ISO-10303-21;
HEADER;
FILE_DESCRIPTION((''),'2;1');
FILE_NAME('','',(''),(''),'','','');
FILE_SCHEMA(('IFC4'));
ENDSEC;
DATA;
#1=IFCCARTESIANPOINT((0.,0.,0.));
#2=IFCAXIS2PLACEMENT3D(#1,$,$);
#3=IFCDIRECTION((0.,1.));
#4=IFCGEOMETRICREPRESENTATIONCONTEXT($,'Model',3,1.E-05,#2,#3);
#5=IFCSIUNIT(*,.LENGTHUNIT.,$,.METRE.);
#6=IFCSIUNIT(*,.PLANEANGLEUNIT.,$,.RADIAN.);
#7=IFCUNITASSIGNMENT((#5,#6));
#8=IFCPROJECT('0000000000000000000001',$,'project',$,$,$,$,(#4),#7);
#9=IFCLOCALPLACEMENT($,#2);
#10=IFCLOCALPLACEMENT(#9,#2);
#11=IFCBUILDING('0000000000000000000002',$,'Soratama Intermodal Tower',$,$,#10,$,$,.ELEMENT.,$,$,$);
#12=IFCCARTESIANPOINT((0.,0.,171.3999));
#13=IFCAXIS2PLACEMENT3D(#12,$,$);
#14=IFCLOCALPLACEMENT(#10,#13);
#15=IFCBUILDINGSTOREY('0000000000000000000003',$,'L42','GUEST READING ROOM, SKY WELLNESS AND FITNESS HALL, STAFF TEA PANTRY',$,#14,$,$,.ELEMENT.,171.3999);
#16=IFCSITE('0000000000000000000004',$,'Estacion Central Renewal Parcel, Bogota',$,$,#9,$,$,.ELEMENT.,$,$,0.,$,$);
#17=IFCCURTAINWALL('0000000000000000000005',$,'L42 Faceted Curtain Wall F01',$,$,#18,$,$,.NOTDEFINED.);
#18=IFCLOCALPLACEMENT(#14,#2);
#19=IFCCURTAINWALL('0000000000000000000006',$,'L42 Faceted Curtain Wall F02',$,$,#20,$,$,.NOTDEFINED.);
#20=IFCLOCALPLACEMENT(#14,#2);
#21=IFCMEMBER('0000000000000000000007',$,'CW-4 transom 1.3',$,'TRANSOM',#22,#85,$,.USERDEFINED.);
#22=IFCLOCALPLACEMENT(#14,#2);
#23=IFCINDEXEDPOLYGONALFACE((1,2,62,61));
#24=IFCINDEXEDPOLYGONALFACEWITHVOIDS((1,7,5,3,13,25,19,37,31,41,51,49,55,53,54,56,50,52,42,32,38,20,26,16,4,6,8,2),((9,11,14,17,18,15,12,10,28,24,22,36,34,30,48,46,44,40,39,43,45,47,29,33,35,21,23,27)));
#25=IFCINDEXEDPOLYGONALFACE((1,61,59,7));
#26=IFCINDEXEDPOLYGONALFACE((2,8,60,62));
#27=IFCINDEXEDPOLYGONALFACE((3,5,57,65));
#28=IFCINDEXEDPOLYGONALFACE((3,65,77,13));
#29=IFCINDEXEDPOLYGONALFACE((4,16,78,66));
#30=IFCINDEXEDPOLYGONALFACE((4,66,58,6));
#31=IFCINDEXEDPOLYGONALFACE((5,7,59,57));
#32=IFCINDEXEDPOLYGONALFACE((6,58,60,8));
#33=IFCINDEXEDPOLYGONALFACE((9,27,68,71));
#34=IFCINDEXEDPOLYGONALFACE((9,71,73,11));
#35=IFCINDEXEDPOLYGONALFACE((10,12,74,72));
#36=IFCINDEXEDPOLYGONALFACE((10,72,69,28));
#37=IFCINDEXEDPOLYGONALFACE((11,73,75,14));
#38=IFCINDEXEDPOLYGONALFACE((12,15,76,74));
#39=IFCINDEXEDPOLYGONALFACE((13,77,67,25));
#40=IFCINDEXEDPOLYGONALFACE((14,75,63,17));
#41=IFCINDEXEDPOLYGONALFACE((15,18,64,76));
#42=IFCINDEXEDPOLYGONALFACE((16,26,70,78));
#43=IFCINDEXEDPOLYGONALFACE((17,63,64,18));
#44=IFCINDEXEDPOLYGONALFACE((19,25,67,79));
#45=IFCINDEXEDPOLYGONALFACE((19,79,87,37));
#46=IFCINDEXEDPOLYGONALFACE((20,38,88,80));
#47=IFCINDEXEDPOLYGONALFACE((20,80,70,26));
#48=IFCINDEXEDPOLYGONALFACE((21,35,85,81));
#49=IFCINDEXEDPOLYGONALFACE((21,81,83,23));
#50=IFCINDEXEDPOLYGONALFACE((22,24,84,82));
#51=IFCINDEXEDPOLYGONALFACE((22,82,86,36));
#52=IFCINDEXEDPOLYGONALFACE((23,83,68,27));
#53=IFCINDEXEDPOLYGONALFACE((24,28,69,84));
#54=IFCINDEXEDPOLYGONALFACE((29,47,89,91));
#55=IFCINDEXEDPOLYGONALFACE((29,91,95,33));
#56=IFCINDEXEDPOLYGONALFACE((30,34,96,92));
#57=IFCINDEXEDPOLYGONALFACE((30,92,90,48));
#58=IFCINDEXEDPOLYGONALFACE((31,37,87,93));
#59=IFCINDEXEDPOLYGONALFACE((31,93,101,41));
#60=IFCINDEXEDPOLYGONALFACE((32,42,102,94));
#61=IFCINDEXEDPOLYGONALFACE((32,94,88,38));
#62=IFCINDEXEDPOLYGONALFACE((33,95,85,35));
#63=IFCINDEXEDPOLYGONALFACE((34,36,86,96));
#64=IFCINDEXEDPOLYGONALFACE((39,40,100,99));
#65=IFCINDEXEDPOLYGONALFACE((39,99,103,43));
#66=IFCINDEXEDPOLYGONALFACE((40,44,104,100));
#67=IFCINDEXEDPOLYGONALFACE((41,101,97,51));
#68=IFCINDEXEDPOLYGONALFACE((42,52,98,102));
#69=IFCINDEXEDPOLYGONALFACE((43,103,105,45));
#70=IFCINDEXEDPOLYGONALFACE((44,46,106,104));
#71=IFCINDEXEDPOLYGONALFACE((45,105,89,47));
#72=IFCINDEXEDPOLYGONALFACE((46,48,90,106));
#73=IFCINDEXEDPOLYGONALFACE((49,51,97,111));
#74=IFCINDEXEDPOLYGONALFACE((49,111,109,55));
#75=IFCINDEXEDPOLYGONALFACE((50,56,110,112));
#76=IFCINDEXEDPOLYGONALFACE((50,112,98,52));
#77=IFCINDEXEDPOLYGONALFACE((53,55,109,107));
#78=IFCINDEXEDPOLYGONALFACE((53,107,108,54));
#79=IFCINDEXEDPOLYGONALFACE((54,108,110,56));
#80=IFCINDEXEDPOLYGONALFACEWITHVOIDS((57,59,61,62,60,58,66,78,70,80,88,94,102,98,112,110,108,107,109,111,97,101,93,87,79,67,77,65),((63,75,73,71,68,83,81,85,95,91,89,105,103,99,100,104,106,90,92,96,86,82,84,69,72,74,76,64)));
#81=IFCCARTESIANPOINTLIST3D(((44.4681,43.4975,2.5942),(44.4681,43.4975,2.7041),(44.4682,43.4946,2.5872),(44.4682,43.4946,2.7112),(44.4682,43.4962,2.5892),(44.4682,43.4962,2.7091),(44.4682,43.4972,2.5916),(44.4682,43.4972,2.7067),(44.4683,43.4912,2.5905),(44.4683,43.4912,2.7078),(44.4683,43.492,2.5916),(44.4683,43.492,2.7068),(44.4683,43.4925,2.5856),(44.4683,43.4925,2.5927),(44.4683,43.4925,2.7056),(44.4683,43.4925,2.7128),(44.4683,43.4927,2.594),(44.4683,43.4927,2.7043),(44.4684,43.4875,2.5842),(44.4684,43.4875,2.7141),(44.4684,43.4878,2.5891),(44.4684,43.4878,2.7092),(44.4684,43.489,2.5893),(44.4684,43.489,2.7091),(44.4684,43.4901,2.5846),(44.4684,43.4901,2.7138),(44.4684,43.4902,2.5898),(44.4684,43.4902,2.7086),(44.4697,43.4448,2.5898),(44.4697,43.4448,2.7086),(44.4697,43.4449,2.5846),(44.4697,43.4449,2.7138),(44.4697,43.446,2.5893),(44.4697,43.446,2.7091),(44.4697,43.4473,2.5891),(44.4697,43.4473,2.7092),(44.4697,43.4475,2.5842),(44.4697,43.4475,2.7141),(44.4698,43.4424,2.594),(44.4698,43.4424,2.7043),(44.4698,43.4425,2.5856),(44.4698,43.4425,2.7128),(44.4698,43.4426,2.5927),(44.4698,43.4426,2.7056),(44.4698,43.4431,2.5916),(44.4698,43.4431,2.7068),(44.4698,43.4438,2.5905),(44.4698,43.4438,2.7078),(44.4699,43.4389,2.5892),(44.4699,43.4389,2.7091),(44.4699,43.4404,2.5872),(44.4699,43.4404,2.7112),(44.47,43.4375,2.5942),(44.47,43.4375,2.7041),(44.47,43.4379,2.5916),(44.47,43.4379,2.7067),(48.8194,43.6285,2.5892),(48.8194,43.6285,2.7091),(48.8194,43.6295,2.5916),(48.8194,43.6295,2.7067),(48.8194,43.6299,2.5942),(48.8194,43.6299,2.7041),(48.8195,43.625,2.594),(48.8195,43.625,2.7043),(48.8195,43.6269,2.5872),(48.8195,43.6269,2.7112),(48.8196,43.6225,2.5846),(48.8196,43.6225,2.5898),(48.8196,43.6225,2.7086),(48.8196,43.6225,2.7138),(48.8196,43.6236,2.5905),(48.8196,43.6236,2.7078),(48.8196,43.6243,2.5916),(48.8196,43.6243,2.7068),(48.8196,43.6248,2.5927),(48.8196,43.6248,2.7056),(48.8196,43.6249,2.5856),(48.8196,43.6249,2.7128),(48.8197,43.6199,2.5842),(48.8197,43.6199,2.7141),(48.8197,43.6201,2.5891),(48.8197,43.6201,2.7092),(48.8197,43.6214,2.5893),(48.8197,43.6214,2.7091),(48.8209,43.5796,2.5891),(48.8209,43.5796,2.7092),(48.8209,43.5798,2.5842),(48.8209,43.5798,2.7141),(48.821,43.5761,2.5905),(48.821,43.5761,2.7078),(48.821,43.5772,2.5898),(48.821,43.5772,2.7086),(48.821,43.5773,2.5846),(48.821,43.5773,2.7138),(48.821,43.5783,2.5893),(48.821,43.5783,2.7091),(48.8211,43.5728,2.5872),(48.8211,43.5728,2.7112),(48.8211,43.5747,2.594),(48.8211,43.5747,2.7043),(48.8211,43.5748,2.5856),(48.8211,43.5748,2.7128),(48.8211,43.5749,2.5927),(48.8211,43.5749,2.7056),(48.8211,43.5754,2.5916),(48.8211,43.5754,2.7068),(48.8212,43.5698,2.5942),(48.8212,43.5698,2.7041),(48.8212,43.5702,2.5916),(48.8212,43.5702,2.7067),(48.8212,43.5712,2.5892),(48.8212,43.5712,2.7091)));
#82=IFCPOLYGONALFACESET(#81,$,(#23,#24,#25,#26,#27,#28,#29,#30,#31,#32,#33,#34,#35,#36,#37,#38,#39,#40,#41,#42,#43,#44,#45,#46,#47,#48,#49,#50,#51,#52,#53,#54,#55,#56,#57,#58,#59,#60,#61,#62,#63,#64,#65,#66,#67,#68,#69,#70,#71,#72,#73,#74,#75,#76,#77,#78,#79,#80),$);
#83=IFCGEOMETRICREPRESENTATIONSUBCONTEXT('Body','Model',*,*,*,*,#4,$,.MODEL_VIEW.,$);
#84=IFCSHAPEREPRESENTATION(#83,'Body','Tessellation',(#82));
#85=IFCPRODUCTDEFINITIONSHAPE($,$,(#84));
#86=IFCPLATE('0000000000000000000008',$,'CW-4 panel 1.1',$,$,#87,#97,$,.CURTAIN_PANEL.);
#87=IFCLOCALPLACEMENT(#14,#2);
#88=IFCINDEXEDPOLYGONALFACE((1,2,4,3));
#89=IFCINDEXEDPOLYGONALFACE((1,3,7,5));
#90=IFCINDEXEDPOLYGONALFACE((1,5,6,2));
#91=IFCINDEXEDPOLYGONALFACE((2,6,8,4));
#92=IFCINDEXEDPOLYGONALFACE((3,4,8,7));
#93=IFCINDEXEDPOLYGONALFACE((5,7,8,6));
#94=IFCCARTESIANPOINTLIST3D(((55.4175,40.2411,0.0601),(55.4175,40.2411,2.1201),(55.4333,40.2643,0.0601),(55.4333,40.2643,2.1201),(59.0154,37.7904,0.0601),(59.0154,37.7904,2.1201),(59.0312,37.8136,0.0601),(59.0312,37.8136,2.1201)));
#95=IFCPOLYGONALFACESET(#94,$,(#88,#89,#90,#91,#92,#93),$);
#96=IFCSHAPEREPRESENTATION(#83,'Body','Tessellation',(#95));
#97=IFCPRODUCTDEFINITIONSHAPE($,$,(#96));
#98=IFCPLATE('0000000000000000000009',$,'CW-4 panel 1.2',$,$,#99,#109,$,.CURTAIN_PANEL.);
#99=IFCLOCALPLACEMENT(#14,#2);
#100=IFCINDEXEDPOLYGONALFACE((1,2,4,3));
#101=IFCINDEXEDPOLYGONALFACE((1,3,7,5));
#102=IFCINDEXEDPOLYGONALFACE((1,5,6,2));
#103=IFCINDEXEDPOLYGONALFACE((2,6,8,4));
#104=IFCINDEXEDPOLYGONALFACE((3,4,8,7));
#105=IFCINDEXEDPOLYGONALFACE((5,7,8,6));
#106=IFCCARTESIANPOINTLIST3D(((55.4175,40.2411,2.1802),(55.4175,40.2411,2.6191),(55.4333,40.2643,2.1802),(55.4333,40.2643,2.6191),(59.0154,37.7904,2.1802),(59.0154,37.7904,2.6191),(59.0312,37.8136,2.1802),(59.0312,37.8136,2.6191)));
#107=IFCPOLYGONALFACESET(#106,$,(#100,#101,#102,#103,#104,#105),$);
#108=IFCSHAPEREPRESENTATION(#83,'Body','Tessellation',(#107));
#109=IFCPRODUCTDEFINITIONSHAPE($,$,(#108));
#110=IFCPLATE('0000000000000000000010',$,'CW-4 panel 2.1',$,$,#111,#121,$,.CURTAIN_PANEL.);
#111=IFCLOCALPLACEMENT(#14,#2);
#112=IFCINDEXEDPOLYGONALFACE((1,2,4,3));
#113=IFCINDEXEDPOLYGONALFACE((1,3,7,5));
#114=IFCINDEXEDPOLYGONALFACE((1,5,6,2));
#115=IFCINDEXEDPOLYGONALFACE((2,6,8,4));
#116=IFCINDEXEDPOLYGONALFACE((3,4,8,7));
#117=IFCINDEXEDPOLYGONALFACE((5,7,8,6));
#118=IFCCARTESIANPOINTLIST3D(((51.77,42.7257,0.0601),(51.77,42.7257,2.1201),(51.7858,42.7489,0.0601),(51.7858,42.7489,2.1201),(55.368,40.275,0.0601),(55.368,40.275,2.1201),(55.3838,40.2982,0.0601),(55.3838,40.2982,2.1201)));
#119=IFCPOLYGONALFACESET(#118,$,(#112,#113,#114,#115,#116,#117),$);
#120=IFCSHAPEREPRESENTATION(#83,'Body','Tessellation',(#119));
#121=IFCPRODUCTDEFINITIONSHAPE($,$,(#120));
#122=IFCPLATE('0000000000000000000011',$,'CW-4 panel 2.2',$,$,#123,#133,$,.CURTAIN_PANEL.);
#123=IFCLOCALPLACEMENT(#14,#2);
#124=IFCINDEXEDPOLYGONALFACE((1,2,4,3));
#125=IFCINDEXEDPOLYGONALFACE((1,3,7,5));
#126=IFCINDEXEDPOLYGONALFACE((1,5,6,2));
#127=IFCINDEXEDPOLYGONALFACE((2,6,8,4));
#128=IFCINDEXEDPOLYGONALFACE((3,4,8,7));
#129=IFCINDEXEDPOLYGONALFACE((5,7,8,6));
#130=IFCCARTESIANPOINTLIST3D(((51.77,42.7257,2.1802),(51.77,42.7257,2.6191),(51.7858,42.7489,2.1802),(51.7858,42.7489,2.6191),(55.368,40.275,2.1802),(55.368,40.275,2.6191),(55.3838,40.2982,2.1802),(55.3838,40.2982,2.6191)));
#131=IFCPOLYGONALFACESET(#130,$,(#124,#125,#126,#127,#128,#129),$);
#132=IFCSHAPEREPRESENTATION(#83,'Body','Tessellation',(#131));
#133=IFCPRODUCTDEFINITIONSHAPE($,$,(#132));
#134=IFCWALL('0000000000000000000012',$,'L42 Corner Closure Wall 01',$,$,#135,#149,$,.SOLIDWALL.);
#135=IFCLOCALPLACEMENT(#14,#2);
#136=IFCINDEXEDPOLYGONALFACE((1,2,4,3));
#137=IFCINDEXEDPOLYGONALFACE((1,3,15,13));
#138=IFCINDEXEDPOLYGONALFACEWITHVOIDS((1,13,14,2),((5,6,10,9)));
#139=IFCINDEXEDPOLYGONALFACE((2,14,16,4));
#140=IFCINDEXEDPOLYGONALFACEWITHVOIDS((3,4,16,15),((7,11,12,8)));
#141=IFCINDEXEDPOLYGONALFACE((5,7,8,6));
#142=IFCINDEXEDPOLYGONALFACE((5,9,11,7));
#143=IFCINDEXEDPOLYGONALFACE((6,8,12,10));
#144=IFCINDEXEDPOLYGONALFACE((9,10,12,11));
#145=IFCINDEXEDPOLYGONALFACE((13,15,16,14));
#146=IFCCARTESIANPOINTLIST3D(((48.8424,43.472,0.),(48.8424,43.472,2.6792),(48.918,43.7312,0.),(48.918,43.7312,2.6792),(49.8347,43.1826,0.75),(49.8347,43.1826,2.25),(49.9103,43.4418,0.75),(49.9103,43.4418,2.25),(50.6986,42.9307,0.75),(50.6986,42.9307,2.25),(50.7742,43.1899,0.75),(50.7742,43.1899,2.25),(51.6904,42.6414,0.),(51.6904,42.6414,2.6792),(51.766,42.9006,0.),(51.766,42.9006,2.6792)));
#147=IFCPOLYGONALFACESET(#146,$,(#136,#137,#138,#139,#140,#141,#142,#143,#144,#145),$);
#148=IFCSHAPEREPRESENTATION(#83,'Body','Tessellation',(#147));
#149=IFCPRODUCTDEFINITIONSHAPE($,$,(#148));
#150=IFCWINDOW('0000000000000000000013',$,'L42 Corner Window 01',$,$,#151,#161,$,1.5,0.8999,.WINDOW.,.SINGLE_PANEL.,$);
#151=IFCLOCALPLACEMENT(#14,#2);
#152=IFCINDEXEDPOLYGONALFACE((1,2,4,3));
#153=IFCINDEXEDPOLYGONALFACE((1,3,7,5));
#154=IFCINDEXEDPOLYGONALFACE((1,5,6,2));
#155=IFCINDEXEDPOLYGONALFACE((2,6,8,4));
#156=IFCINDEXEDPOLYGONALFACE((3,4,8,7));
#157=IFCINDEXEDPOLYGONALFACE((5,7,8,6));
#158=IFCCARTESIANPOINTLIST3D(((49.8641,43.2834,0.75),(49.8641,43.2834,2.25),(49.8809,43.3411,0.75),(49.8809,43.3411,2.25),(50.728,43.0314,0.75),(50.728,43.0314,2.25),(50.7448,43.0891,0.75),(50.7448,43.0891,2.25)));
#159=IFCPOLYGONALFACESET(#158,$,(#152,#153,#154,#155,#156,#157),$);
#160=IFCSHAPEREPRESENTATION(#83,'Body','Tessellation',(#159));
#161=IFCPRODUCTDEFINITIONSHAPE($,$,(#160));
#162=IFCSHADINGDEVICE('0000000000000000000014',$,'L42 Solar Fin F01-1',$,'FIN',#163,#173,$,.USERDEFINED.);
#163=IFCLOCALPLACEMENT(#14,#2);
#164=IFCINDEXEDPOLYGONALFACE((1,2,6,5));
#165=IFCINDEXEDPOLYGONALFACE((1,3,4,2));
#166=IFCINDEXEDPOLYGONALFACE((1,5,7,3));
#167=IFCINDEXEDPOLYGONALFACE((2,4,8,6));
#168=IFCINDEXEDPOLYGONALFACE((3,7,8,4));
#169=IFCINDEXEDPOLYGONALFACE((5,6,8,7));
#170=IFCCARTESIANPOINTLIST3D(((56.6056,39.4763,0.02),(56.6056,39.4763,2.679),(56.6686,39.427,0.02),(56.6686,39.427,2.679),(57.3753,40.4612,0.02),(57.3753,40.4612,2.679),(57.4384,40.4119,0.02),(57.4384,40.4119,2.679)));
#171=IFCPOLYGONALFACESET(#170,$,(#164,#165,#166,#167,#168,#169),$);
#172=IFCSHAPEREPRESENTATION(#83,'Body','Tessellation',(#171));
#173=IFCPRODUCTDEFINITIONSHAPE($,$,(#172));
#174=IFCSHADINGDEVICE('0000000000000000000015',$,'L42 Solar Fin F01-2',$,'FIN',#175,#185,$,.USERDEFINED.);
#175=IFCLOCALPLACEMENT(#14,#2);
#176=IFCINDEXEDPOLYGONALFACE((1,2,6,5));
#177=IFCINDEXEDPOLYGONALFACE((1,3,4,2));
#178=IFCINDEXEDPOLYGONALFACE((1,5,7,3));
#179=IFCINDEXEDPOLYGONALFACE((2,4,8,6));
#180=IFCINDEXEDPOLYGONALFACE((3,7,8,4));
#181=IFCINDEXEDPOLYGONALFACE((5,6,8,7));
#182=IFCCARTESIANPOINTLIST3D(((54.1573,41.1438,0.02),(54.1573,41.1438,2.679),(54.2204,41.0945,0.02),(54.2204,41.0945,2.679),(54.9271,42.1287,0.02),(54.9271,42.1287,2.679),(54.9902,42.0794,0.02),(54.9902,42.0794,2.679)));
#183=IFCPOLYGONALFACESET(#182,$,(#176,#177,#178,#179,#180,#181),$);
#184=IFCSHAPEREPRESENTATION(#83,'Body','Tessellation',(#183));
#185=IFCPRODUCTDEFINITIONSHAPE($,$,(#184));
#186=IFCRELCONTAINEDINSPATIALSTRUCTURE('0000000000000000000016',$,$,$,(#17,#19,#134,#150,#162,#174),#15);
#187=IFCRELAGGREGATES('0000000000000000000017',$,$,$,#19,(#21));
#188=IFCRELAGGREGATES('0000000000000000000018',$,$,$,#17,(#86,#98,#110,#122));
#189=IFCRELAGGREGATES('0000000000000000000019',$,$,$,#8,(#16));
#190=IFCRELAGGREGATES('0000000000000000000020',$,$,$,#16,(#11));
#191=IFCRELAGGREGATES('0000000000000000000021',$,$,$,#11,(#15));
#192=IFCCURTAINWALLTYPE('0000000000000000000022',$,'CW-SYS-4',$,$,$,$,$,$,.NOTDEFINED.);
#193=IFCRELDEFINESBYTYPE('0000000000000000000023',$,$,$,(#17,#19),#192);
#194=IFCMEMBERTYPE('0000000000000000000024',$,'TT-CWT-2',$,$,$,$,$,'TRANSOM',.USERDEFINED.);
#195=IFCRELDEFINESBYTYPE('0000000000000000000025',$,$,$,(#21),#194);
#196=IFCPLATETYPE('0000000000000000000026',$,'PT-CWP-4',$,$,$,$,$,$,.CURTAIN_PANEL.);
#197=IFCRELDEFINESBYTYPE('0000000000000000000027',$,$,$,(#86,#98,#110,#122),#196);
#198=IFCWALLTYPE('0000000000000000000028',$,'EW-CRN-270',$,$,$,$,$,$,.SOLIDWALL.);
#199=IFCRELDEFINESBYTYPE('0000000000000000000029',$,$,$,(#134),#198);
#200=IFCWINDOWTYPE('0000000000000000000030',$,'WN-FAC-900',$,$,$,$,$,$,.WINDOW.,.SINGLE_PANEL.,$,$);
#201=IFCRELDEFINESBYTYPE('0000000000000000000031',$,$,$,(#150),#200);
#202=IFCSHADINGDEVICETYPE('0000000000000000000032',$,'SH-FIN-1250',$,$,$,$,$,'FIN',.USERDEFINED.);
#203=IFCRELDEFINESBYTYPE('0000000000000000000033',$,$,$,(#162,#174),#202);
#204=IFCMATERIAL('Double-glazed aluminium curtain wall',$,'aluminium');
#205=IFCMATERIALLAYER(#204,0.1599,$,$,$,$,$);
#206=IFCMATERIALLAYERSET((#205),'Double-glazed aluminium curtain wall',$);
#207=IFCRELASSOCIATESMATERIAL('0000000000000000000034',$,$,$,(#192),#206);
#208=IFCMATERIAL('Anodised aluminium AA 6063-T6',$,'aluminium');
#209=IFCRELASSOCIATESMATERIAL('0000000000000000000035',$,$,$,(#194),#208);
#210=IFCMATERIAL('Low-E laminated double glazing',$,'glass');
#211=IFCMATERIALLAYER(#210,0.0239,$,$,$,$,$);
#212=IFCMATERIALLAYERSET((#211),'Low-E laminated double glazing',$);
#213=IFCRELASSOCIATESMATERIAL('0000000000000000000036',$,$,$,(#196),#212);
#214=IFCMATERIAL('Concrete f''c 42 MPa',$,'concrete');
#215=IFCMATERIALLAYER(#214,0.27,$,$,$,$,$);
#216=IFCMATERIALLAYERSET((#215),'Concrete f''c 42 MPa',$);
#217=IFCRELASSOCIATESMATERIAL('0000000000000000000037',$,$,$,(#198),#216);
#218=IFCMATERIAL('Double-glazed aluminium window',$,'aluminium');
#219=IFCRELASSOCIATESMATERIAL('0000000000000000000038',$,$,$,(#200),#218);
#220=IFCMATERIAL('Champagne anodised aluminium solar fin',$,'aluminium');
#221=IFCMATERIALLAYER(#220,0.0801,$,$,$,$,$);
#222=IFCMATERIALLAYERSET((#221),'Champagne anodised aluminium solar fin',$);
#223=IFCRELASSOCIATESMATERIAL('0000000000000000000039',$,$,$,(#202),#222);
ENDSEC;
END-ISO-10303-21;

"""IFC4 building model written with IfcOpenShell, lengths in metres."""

from ifc_helpers import new_model, si_unit, direction, frame, frame_2d, origin, origin_2d, place, context, subcontext, project, spatial, rectangle, hollow_rectangle, extrude, material, layer, layer_set, material_profile, profile_set, type_object, element, fill, aggregate, save


model = new_model("IFC4")

# Units and contexts
model_context = context("Model", 3, precision=1e-05, world=origin(), true_north=direction((0.0, 1.0)))
body_context = subcontext(model_context, "Body", "Model", "MODEL_VIEW")
ifc_project = project(units=[si_unit("LENGTHUNIT", "METRE"), si_unit("PLANEANGLEUNIT", "RADIAN")], contexts=[model_context])

# Site, building, storey
site_placement = place(None, origin())
site = spatial("IfcSite", under=ifc_project, at=site_placement, Name="Estacion Central Renewal Parcel, Bogota", CompositionType="ELEMENT", RefElevation=0.0)
building_placement = place(site_placement, origin())
building = spatial("IfcBuilding", under=site, at=building_placement, Name="Soratama Intermodal Tower", CompositionType="ELEMENT")
storey_placement = place(building_placement, frame((0.0, 0.0, 171.3999)))
storey = spatial("IfcBuildingStorey", under=building, at=storey_placement, Name="L42", Description="GUEST READING ROOM, SKY WELLNESS AND FITNESS HALL, STAFF TEA PANTRY", CompositionType="ELEMENT", Elevation=171.3999)

# Curtain wall
ifc_material_1 = material(Name="Double-glazed aluminium curtain wall", Category="aluminium")
ifc_layer_1 = layer(ifc_material_1, 0.1599)
ifc_layer_set_1 = layer_set([ifc_layer_1], Name="Double-glazed aluminium curtain wall")
curtain_wall_type = type_object("IfcCurtainWallType", Name="CW-SYS-4", PredefinedType="NOTDEFINED", material=ifc_layer_set_1)
curtain_wall_1_placement = place(storey_placement, origin())
curtain_wall_1 = element("IfcCurtainWall", 1, at=curtain_wall_1_placement, inside=storey, type_object=curtain_wall_type, Name="L42 Faceted Curtain Wall F01", PredefinedType="NOTDEFINED")

# Curtain wall
curtain_wall_2_placement = place(storey_placement, origin())
curtain_wall_2 = element("IfcCurtainWall", 2, at=curtain_wall_2_placement, inside=storey, type_object=curtain_wall_type, Name="L42 Faceted Curtain Wall F02", PredefinedType="NOTDEFINED")

# Member
ifc_material_2 = material(Name="Anodised aluminium AA 6063-T6", Category="aluminium")
ifc_material_profile_1 = material_profile(ifc_material_2, hollow_rectangle(XDim=0.0601, YDim=0.1299, WallThickness=0.0049, InnerFilletRadius=0.0049, OuterFilletRadius=0.01, at=origin_2d()), Name="CWT130X60X5")
ifc_profile_set_1 = profile_set([ifc_material_profile_1], Name="Anodised aluminium AA 6063-T6")
member_type_1 = type_object("IfcMemberType", Name="TT-CWT-2", ElementType="TRANSOM", PredefinedType="USERDEFINED", material=ifc_profile_set_1)
member_1_placement = place(storey_placement, frame((48.8203, 43.5999, 2.6492), z_axis=(-0.999538, -0.030396, 0.0), x_axis=(0.030396, -0.999538, 0.0)))
member_1 = element("IfcMember", 3, at=member_1_placement, type_object=member_type_1, Name="CW-4 transom 1.3", ObjectType="TRANSOM", PredefinedType="USERDEFINED", context=body_context, shape_type="SweptSolid", body=[
    extrude(hollow_rectangle(XDim=0.0601, YDim=0.1299, WallThickness=0.0049, InnerFilletRadius=0.0049, OuterFilletRadius=0.01, at=origin_2d()), origin(), (0.0, 0.0, 1.0), 4.3533),
])
aggregate(curtain_wall_2, [member_1])

# Plates
ifc_material_3 = material(Name="Low-E laminated double glazing", Category="glass")
ifc_layer_2 = layer(ifc_material_3, 0.0239)
ifc_layer_set_2 = layer_set([ifc_layer_2], Name="Low-E laminated double glazing")
plate_type = type_object("IfcPlateType", Name="PT-CWP-4", PredefinedType="CURTAIN_PANEL", material=ifc_layer_set_2)
plate_1_placement = place(storey_placement, frame((57.2244, 39.0273, 0.0601), z_axis=(0.0, 0.0, 1.0), x_axis=(-0.82649, 0.562951, 0.0)))
plate_1 = element("IfcPlate", 4, at=plate_1_placement, type_object=plate_type, Name="CW-4 panel 1.1", PredefinedType="CURTAIN_PANEL", context=body_context, shape_type="SweptSolid", body=[
    extrude(rectangle(XDim=4.3533, YDim=0.0281, at=origin_2d()), origin(), (0.0, 0.0, 1.0), 2.0601),
])
plate_2_placement = place(storey_placement, frame((57.2244, 39.0273, 2.1802), z_axis=(0.0, 0.0, 1.0), x_axis=(-0.82649, 0.562951, 0.0)))
plate_2 = element("IfcPlate", 5, at=plate_2_placement, type_object=plate_type, Name="CW-4 panel 1.2", PredefinedType="CURTAIN_PANEL", context=body_context, shape_type="SweptSolid", body=[
    extrude(rectangle(XDim=4.3533, YDim=0.0281, at=origin_2d()), origin(), (0.0, 0.0, 1.0), 0.439),
])
plate_3_placement = place(storey_placement, frame((53.5769, 41.512, 0.0601), z_axis=(0.0, 0.0, 1.0), x_axis=(-0.82649, 0.562951, 0.0)))
plate_3 = element("IfcPlate", 6, at=plate_3_placement, type_object=plate_type, Name="CW-4 panel 2.1", PredefinedType="CURTAIN_PANEL", context=body_context, shape_type="SweptSolid", body=[
    extrude(rectangle(XDim=4.3533, YDim=0.0281, at=origin_2d()), origin(), (0.0, 0.0, 1.0), 2.0601),
])
plate_4_placement = place(storey_placement, frame((53.5769, 41.512, 2.1802), z_axis=(0.0, 0.0, 1.0), x_axis=(-0.82649, 0.562951, 0.0)))
plate_4 = element("IfcPlate", 7, at=plate_4_placement, type_object=plate_type, Name="CW-4 panel 2.2", PredefinedType="CURTAIN_PANEL", context=body_context, shape_type="SweptSolid", body=[
    extrude(rectangle(XDim=4.3533, YDim=0.0281, at=origin_2d()), origin(), (0.0, 0.0, 1.0), 0.439),
])
aggregate(curtain_wall_1, [plate_1, plate_2, plate_3, plate_4])

# Wall, opening, window
ifc_material_4 = material(Name="Concrete f'c 42 MPa", Category="concrete")
ifc_layer_3 = layer(ifc_material_4, 0.27)
ifc_layer_set_3 = layer_set([ifc_layer_3], Name="Concrete f'c 42 MPa")
wall_type = type_object("IfcWallType", Name="EW-CRN-270", PredefinedType="SOLIDWALL", material=ifc_layer_set_3)
wall_placement = place(storey_placement, frame((51.7283, 42.771, 0.0), z_axis=(0.0, 0.0, 1.0), x_axis=(-0.960006, 0.279978, 0.0)))
wall = element("IfcWall", 8, at=wall_placement, inside=storey, type_object=wall_type, Name="L42 Corner Closure Wall 01", PredefinedType="SOLIDWALL", context=body_context, shape_type="SweptSolid", body=[
    extrude(rectangle(XDim=2.9666, YDim=0.27, at=frame_2d((1.4834, 0.0))), origin(), (0.0, 0.0, 1.0), 2.6792),
])
opening_placement = place(wall_placement, frame((1.0332, 0.0, 0.75)))
opening = element("IfcOpeningElement", 9, at=opening_placement, cuts=wall, PredefinedType="OPENING", context=body_context, shape_type="SweptSolid", body=[
    extrude(rectangle(XDim=0.8999, YDim=1.5, at=frame_2d((0.45, 0.75))), frame((0.0, 0.145, 0.0), z_axis=(0.0, -1.0, 0.0), x_axis=(1.0, 0.0, 0.0)), (0.0, 0.0, 1.0), 0.29),
])
ifc_material_5 = material(Name="Double-glazed aluminium window", Category="aluminium")
window_type = type_object("IfcWindowType", Name="WN-FAC-900", PartitioningType="SINGLE_PANEL", PredefinedType="WINDOW", material=ifc_material_5)
window_placement = place(opening_placement, origin())
window = element("IfcWindow", 10, at=window_placement, inside=storey, type_object=window_type, Name="L42 Corner Window 01", OverallHeight=1.5, OverallWidth=0.8999, PartitioningType="SINGLE_PANEL", PredefinedType="WINDOW", context=body_context, shape_type="SweptSolid", body=[
    extrude(rectangle(XDim=0.8999, YDim=1.5, at=frame_2d((0.45, 0.75))), frame((0.0, 0.03, 0.0), z_axis=(0.0, -1.0, 0.0), x_axis=(1.0, 0.0, 0.0)), (0.0, 0.0, 1.0), 0.0601),
])
fill(opening, window)

# Shading devices
ifc_material_6 = material(Name="Champagne anodised aluminium solar fin", Category="aluminium")
ifc_layer_4 = layer(ifc_material_6, 0.0801)
ifc_layer_set_4 = layer_set([ifc_layer_4], Name="Champagne anodised aluminium solar fin")
shading_device_type = type_object("IfcShadingDeviceType", Name="SH-FIN-1250", ElementType="FIN", PredefinedType="USERDEFINED", material=ifc_layer_set_4)
for number, where, z_axis, x_axis, name in (
    (11, (57.022, 39.9441, 0.02), (0.0, 0.0, 1.0), (0.615799, 0.787903, 0.0), "L42 Solar Fin F01-1"),
    (12, (54.5737, 41.6116, 0.02), (0.0, 0.0, 1.0), (0.615799, 0.787903, 0.0), "L42 Solar Fin F01-2"),
):
    element("IfcShadingDevice", number, at=place(storey_placement, frame(where, z_axis=z_axis, x_axis=x_axis)), inside=storey, type_object=shading_device_type, Name=name, ObjectType="FIN", PredefinedType="USERDEFINED", context=body_context, shape_type="SweptSolid", body=[
        extrude(rectangle(XDim=1.25, YDim=0.0801, at=origin_2d()), origin(), (0.0, 0.0, 1.0), 2.6589),
    ])

save(model, "model.ifc")
